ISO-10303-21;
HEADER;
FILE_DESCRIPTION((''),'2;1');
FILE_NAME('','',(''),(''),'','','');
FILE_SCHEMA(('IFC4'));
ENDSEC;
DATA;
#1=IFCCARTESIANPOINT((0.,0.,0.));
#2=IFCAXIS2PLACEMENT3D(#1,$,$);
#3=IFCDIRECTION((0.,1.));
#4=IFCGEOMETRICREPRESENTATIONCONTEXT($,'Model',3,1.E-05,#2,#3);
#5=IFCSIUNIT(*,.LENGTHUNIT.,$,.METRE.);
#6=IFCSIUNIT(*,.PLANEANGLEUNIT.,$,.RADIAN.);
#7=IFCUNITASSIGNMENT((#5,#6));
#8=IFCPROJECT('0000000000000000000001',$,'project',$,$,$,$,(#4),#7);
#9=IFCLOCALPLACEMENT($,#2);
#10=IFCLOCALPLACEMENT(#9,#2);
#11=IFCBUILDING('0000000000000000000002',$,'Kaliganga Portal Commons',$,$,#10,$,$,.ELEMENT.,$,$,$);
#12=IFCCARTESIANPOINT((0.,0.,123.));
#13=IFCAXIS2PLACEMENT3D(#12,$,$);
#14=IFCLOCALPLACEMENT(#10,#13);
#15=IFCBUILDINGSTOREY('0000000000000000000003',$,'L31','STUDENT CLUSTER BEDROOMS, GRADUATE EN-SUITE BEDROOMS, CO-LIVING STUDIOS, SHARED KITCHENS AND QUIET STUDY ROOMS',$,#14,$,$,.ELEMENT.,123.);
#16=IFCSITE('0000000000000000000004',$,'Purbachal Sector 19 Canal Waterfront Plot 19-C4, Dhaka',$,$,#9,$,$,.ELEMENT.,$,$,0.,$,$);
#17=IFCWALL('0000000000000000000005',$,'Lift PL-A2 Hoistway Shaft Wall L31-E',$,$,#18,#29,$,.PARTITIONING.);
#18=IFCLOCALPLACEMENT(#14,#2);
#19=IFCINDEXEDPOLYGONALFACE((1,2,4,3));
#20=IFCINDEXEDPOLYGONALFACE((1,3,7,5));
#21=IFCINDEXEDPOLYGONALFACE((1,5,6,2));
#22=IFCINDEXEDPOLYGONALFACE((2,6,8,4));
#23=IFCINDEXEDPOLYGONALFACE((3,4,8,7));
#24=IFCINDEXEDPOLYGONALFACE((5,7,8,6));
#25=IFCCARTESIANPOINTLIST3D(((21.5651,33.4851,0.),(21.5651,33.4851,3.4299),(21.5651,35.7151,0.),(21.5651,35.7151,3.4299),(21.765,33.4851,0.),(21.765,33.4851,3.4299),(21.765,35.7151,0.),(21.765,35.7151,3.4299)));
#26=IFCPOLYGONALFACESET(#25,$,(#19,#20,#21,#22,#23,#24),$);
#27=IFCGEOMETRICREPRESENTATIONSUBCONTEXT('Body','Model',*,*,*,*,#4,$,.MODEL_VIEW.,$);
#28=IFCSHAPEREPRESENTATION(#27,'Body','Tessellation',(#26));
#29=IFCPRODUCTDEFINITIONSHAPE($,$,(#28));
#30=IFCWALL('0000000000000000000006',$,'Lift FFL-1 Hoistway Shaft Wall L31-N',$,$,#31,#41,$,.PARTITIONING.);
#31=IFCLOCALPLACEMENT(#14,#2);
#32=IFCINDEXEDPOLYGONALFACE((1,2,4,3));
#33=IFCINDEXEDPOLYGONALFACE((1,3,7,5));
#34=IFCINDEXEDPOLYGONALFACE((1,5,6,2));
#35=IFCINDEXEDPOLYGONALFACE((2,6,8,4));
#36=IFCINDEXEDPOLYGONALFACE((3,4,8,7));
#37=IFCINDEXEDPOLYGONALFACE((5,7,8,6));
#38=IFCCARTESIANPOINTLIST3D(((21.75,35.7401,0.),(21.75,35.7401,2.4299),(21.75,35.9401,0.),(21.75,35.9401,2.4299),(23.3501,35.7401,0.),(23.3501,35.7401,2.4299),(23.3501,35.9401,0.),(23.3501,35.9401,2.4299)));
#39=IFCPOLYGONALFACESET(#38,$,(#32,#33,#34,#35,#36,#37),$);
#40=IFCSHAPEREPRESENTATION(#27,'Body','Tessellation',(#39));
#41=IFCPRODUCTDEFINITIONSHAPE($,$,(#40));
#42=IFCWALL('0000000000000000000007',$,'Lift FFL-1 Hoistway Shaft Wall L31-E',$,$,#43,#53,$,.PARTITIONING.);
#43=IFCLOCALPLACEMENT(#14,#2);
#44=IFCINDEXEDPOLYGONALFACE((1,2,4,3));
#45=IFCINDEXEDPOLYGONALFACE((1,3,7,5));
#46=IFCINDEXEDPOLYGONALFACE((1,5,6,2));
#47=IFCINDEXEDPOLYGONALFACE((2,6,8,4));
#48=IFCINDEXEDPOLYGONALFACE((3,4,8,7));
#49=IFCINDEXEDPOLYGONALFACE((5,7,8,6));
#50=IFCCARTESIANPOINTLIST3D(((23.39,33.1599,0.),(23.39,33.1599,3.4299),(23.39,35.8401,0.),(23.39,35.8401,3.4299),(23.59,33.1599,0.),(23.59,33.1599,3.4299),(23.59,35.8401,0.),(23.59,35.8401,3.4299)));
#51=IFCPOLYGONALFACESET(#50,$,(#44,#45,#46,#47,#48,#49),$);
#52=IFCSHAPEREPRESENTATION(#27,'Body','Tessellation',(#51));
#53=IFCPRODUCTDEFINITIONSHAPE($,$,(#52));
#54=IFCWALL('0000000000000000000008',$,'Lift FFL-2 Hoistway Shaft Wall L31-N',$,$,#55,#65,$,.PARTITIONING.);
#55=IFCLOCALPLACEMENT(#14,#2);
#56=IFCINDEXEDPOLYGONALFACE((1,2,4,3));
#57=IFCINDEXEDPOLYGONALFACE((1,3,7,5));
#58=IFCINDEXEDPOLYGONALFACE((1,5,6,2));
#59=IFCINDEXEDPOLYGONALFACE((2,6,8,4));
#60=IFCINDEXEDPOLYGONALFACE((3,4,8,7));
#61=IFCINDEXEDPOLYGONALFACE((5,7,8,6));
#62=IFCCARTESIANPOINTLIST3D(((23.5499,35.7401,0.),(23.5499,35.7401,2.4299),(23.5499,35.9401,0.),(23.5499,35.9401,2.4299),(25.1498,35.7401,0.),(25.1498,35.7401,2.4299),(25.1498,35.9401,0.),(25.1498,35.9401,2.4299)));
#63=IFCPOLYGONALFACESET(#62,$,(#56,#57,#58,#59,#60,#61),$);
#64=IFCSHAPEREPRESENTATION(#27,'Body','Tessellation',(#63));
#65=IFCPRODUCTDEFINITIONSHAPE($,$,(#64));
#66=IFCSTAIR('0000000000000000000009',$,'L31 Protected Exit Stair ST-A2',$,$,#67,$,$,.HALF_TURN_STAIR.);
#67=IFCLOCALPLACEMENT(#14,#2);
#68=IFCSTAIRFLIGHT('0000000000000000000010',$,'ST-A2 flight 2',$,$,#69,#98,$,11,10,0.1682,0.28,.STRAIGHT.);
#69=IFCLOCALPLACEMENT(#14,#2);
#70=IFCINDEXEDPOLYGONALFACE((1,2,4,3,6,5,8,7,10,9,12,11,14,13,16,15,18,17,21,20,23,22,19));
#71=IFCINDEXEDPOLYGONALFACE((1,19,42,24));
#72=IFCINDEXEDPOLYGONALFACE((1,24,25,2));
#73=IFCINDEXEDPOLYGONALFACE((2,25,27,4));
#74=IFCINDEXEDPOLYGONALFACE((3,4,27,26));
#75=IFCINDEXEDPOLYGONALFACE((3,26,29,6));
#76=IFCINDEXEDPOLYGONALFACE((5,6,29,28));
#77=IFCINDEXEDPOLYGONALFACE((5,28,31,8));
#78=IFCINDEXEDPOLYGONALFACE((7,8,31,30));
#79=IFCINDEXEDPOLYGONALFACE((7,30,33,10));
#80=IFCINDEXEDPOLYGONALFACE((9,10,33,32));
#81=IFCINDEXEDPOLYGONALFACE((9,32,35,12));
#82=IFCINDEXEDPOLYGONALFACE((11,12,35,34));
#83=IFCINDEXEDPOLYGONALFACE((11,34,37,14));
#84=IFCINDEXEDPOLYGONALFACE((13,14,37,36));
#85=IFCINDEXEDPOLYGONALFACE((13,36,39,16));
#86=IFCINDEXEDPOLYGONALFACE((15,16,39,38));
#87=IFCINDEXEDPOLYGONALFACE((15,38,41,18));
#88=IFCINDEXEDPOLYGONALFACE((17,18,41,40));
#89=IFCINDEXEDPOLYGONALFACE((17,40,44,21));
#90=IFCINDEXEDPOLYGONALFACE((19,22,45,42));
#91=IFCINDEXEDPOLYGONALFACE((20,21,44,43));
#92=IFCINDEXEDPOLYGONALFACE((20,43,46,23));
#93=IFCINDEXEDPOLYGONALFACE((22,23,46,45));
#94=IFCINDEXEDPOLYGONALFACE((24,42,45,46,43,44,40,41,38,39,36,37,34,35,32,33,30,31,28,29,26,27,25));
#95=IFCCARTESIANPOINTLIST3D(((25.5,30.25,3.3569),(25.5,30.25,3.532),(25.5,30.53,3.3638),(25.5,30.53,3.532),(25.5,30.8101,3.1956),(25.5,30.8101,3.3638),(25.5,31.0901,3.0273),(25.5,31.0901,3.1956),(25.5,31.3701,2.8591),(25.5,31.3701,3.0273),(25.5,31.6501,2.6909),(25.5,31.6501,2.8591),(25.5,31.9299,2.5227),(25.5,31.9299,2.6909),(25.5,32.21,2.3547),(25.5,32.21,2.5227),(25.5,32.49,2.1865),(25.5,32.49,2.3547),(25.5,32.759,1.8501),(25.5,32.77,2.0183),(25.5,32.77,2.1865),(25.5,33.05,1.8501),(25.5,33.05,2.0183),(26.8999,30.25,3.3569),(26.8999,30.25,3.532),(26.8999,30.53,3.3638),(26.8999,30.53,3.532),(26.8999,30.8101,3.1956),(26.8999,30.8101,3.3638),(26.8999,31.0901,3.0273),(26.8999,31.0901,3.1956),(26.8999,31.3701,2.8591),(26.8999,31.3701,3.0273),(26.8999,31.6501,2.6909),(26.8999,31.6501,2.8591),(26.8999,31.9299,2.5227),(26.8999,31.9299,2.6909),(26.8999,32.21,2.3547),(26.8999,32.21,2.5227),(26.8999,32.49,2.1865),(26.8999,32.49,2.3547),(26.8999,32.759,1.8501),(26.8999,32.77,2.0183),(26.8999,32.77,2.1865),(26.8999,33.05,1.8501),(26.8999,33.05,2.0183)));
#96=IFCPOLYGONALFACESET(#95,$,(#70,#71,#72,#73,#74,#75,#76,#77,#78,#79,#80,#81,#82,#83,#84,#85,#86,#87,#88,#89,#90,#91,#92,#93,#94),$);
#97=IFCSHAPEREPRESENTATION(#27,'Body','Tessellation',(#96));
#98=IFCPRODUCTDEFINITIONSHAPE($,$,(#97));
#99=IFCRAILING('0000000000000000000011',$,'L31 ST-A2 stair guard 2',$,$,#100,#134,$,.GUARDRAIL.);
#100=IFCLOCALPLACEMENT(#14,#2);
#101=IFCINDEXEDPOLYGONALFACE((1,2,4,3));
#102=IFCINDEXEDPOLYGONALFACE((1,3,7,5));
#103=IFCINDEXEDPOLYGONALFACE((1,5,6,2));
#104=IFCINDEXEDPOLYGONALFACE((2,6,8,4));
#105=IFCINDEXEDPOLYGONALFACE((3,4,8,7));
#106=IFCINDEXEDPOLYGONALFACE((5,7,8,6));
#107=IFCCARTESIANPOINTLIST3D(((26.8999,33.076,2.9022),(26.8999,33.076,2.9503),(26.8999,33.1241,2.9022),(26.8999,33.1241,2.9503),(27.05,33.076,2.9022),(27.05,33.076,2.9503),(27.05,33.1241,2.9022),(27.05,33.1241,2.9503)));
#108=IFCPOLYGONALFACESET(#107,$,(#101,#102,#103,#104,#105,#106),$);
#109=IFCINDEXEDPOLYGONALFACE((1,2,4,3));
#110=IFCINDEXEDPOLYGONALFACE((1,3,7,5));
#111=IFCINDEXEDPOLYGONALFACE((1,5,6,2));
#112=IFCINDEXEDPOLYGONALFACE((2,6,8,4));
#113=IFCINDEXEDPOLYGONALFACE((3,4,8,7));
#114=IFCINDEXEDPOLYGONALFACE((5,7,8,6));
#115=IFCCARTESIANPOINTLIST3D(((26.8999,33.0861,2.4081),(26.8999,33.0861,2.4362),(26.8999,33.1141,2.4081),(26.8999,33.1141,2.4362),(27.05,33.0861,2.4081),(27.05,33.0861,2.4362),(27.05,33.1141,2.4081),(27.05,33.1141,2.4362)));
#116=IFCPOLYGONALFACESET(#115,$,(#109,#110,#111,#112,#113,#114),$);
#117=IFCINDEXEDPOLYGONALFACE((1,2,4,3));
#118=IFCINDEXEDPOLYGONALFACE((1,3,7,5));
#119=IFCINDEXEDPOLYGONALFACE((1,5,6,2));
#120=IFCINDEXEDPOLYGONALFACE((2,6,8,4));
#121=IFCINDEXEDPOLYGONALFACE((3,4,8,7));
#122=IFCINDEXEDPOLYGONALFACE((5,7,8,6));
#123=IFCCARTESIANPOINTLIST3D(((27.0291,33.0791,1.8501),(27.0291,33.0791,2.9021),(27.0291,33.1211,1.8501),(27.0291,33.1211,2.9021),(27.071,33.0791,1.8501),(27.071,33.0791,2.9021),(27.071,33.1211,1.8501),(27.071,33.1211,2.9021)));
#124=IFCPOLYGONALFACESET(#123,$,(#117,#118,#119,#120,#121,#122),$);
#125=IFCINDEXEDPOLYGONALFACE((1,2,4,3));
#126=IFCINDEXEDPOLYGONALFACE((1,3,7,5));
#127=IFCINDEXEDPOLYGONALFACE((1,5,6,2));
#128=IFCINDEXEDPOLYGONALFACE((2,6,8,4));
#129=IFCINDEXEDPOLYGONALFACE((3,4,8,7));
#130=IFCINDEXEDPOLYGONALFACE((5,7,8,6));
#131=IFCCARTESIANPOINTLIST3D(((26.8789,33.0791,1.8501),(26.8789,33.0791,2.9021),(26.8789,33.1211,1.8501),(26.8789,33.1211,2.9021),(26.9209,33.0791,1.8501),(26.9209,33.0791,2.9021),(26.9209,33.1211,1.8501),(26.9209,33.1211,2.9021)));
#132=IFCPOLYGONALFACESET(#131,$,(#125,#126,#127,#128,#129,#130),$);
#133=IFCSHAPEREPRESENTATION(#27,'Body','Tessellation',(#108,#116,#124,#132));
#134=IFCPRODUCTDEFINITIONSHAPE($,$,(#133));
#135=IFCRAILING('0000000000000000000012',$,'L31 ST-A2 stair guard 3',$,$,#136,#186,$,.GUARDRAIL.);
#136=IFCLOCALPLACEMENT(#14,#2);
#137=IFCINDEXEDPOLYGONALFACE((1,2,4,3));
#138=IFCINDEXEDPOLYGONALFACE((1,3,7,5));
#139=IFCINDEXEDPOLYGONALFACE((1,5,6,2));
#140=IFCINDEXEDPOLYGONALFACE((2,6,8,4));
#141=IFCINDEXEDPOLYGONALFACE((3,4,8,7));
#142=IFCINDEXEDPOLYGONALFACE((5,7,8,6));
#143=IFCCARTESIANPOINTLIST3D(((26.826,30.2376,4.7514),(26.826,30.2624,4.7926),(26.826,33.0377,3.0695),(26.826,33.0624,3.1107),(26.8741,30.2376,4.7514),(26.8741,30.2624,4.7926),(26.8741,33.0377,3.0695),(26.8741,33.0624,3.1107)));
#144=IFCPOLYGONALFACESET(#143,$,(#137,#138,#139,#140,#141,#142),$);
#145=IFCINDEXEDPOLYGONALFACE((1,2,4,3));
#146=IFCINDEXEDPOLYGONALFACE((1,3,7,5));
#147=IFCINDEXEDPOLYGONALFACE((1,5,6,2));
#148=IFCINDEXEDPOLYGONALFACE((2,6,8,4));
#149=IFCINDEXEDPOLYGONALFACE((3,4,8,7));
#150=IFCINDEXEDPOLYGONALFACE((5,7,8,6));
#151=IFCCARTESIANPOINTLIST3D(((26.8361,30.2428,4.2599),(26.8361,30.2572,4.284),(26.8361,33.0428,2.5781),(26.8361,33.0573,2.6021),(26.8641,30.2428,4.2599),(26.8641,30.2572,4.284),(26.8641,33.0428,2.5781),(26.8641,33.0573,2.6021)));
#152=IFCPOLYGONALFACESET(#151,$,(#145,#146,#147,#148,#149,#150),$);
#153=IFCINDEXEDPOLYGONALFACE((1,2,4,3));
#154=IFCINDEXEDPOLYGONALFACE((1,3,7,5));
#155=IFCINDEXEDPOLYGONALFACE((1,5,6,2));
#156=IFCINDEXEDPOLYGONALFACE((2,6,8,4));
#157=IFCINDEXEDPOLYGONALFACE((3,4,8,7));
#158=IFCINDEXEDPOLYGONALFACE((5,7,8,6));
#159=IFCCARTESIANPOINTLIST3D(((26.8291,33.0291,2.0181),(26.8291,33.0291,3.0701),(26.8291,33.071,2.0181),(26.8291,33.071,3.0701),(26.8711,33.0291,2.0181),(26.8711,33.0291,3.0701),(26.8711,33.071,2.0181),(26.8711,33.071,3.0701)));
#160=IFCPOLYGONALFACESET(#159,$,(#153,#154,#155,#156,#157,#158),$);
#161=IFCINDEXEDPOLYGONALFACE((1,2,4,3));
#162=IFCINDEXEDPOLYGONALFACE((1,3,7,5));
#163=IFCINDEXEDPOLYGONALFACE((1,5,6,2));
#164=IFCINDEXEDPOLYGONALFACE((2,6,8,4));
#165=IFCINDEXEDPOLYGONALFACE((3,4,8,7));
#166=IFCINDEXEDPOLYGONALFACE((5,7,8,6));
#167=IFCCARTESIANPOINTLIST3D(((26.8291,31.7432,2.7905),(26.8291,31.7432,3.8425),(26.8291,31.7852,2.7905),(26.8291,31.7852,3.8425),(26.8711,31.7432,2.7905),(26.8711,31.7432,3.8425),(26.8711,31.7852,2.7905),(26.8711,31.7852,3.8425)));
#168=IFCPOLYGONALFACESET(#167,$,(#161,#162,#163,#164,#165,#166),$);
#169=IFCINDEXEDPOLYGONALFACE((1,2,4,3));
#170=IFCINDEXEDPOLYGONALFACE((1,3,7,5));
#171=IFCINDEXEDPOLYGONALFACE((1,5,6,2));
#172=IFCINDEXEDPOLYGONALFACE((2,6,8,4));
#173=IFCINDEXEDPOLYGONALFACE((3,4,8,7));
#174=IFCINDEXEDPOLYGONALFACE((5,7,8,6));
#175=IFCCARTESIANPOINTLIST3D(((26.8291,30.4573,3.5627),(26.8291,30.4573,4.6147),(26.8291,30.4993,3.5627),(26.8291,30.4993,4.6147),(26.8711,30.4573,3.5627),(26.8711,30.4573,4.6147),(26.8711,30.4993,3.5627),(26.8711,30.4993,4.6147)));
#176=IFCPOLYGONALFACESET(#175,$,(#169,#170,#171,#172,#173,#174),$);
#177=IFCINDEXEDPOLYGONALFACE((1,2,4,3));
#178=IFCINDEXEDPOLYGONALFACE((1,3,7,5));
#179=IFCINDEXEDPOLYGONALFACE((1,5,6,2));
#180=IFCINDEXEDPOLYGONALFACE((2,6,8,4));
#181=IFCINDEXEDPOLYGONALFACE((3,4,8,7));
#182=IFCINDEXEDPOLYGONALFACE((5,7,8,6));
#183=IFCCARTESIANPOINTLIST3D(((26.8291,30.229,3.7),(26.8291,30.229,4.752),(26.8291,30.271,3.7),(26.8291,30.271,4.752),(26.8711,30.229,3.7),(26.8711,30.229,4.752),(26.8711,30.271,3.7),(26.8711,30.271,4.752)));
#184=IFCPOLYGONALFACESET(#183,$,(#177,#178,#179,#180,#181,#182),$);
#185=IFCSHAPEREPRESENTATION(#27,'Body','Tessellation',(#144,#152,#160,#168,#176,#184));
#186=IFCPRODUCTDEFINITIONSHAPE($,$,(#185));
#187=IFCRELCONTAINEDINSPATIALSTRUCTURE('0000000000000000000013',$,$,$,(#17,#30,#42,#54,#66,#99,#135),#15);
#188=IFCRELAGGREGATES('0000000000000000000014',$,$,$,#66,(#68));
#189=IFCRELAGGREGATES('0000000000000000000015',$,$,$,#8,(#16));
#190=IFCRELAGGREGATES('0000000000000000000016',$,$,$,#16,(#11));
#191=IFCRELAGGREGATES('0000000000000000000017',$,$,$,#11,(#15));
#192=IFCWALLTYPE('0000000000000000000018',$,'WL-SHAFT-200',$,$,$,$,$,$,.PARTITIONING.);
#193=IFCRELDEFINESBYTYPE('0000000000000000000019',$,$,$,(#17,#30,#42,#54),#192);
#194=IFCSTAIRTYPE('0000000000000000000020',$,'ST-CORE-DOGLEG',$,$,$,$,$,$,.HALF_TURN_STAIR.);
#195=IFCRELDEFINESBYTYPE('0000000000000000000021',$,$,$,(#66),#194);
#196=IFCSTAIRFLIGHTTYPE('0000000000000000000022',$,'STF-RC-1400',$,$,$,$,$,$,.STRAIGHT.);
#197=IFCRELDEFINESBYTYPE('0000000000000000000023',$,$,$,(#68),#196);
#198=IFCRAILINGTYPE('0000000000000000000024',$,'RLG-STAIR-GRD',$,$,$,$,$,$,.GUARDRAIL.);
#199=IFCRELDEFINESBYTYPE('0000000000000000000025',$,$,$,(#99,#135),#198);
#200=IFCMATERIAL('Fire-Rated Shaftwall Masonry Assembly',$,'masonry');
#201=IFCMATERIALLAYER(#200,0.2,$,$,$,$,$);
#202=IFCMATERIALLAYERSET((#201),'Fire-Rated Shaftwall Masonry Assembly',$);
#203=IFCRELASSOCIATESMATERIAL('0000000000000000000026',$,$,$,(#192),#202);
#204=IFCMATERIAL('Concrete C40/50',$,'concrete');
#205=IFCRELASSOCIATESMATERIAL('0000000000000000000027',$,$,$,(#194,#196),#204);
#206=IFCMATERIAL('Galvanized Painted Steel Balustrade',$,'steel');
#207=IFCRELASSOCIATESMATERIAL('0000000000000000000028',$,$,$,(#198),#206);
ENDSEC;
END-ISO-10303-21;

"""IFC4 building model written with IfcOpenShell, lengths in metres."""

from ifc_helpers import new_model, si_unit, direction, frame, frame_2d, origin, origin_2d, place, context, subcontext, project, spatial, polyline, rectangle, outline, extrude, material, layer, layer_set, type_object, element, aggregate, save


model = new_model("IFC4")

# Units and contexts
model_context = context("Model", 3, precision=1e-05, world=origin(), true_north=direction((0.0, 1.0)))
body_context = subcontext(model_context, "Body", "Model", "MODEL_VIEW")
ifc_project = project(units=[si_unit("LENGTHUNIT", "METRE"), si_unit("PLANEANGLEUNIT", "RADIAN")], contexts=[model_context])

# Site, building, storey
site_placement = place(None, origin())
site = spatial("IfcSite", under=ifc_project, at=site_placement, Name="Purbachal Sector 19 Canal Waterfront Plot 19-C4, Dhaka", CompositionType="ELEMENT", RefElevation=0.0)
building_placement = place(site_placement, origin())
building = spatial("IfcBuilding", under=site, at=building_placement, Name="Kaliganga Portal Commons", CompositionType="ELEMENT")
storey_placement = place(building_placement, frame((0.0, 0.0, 123.0)))
storey = spatial("IfcBuildingStorey", under=building, at=storey_placement, Name="L31", Description="STUDENT CLUSTER BEDROOMS, GRADUATE EN-SUITE BEDROOMS, CO-LIVING STUDIOS, SHARED KITCHENS AND QUIET STUDY ROOMS", CompositionType="ELEMENT", Elevation=123.0)

# Shared definitions
ifc_material_1 = material(Name="Fire-Rated Shaftwall Masonry Assembly", Category="masonry")
ifc_layer_1 = layer(ifc_material_1, 0.2)
ifc_layer_set_1 = layer_set([ifc_layer_1], Name="Fire-Rated Shaftwall Masonry Assembly")
wall_type_1 = type_object("IfcWallType", Name="WL-SHAFT-200", PredefinedType="PARTITIONING", material=ifc_layer_set_1)

# Wall
wall_1_placement = place(storey_placement, frame((21.665, 33.4851, 0.0), z_axis=(0.0, 0.0, 1.0), x_axis=(0.0, 1.0, 0.0)))
element("IfcWall", 1, at=wall_1_placement, inside=storey, type_object=wall_type_1, Name="Lift PL-A2 Hoistway Shaft Wall L31-E", PredefinedType="PARTITIONING", context=body_context, shape_type="SweptSolid", body=[
    extrude(rectangle(XDim=2.23, YDim=0.2, at=frame_2d((1.115, 0.0))), origin(), (0.0, 0.0, 1.0), 3.4299),
])

# Walls
wall_2_placement = place(storey_placement, frame((21.75, 35.8401, 0.0), z_axis=(0.0, 0.0, 1.0), x_axis=(1.0, 0.0, 0.0)))
element("IfcWall", 2, at=wall_2_placement, inside=storey, type_object=wall_type_1, Name="Lift FFL-1 Hoistway Shaft Wall L31-N", PredefinedType="PARTITIONING", context=body_context, shape_type="SweptSolid", body=[
    extrude(rectangle(XDim=1.6001, YDim=0.2, at=frame_2d((0.8, 0.0))), origin(), (0.0, 0.0, 1.0), 2.4299),
])
wall_3_placement = place(storey_placement, frame((23.49, 33.1599, 0.0), z_axis=(0.0, 0.0, 1.0), x_axis=(0.0, 1.0, 0.0)))
element("IfcWall", 3, at=wall_3_placement, inside=storey, type_object=wall_type_1, Name="Lift FFL-1 Hoistway Shaft Wall L31-E", PredefinedType="PARTITIONING", context=body_context, shape_type="SweptSolid", body=[
    extrude(rectangle(XDim=2.6802, YDim=0.2, at=frame_2d((1.3401, 0.0))), origin(), (0.0, 0.0, 1.0), 3.4299),
])

# Wall
wall_4_placement = place(storey_placement, frame((23.55, 35.8401, 0.0), z_axis=(0.0, 0.0, 1.0), x_axis=(1.0, 0.0, 0.0)))
element("IfcWall", 4, at=wall_4_placement, inside=storey, type_object=wall_type_1, Name="Lift FFL-2 Hoistway Shaft Wall L31-N", PredefinedType="PARTITIONING", context=body_context, shape_type="SweptSolid", body=[
    extrude(rectangle(XDim=1.5999, YDim=0.2, at=frame_2d((0.7998, 0.0))), origin(), (0.0, 0.0, 1.0), 2.4299),
])

# Stair, stair flight
ifc_material_2 = material(Name="Concrete C40/50", Category="concrete")
stair_type = type_object("IfcStairType", Name="ST-CORE-DOGLEG", PredefinedType="HALF_TURN_STAIR", material=ifc_material_2)
stair_placement = place(storey_placement, origin())
stair = element("IfcStair", 5, at=stair_placement, inside=storey, type_object=stair_type, Name="L31 Protected Exit Stair ST-A2", PredefinedType="HALF_TURN_STAIR")
stair_flight_type = type_object("IfcStairFlightType", Name="STF-RC-1400", PredefinedType="STRAIGHT", material=ifc_material_2)
stair_flight_placement = place(storey_placement, frame((26.2, 33.05, 1.8501), z_axis=(0.0, 0.0, 1.0), x_axis=(0.0, -1.0, 0.0)))
stair_flight = element("IfcStairFlight", 6, at=stair_flight_placement, type_object=stair_flight_type, Name="ST-A2 flight 2", NumberOfRisers=11, NumberOfTreads=10, PredefinedType="STRAIGHT", RiserHeight=0.1682, TreadLength=0.28, context=body_context, shape_type="SweptSolid", body=[
    extrude(outline(polyline([(0.0, 0.0), (0.0, 0.1682), (0.28, 0.1682), (0.28, 0.3364), (0.5601, 0.3364), (0.5601, 0.5046), (0.8401, 0.5046), (0.8401, 0.6726), (1.1201, 0.6726), (1.1201, 0.8408), (1.3999, 0.8408), (1.3999, 1.009), (1.6799, 1.009), (1.6799, 1.1772), (1.96, 1.1772), (1.96, 1.3455), (2.24, 1.3455), (2.24, 1.5137), (2.52, 1.5137), (2.52, 1.6819), (2.8, 1.6819), (2.8, 1.8501), (2.8, 1.5068), (0.291, 0.0), (0.0, 0.0)])), frame((0.0, 0.7, 0.0), z_axis=(0.0, -1.0, 0.0), x_axis=(1.0, 0.0, 0.0)), (0.0, 0.0, 1.0), 1.3999),
])
aggregate(stair, [stair_flight])

# Railings
ifc_material_3 = material(Name="Galvanized Painted Steel Balustrade", Category="steel")
railing_type_1 = type_object("IfcRailingType", Name="RLG-STAIR-GRD", PredefinedType="GUARDRAIL", material=ifc_material_3)
railing_1_placement = place(storey_placement, frame((27.05, 33.1001, 1.8501)))
element("IfcRailing", 7, at=railing_1_placement, inside=storey, type_object=railing_type_1, Name="L31 ST-A2 stair guard 2", PredefinedType="GUARDRAIL", context=body_context, shape_type="SweptSolid", body=[
    extrude(rectangle(XDim=0.0481, YDim=0.0481, at=origin_2d()), frame((0.0, 0.0, 1.0762), z_axis=(-1.0, 0.0, 0.0), x_axis=(0.0, -1.0, 0.0)), (0.0, 0.0, 1.0), 0.1501),
    extrude(rectangle(XDim=0.0281, YDim=0.0281, at=origin_2d()), frame((0.0, 0.0, 0.572), z_axis=(-1.0, 0.0, 0.0), x_axis=(0.0, -1.0, 0.0)), (0.0, 0.0, 1.0), 0.1501),
    extrude(rectangle(XDim=0.042, YDim=0.042, at=origin_2d()), origin(), (0.0, 0.0, 1.0), 1.052),
    extrude(rectangle(XDim=0.042, YDim=0.042, at=origin_2d()), frame((-0.1501, 0.0, 0.0)), (0.0, 0.0, 1.0), 1.052),
])
railing_2_placement = place(storey_placement, frame((26.8501, 33.05, 2.0181)))
element("IfcRailing", 8, at=railing_2_placement, inside=storey, type_object=railing_type_1, Name="L31 ST-A2 stair guard 3", PredefinedType="GUARDRAIL", context=body_context, shape_type="SweptSolid", body=[
    extrude(rectangle(XDim=0.0481, YDim=0.0481, at=origin_2d()), frame((0.0, 0.0, 1.072), z_axis=(0.0, -0.857242, 0.514913), x_axis=(1.0, 0.0, 0.0)), (0.0, 0.0, 1.0), 3.2664),
    extrude(rectangle(XDim=0.0281, YDim=0.0281, at=origin_2d()), frame((0.0, 0.0, 0.572), z_axis=(0.0, -0.857242, 0.514913), x_axis=(1.0, 0.0, 0.0)), (0.0, 0.0, 1.0), 3.2664),
    extrude(rectangle(XDim=0.042, YDim=0.042, at=origin_2d()), origin(), (0.0, 0.0, 1.0), 1.052),
    extrude(rectangle(XDim=0.042, YDim=0.042, at=origin_2d()), frame((0.0, -1.2859, 0.7725)), (0.0, 0.0, 1.0), 1.052),
    extrude(rectangle(XDim=0.042, YDim=0.042, at=origin_2d()), frame((0.0, -2.5718, 1.5447)), (0.0, 0.0, 1.0), 1.052),
    extrude(rectangle(XDim=0.042, YDim=0.042, at=origin_2d()), frame((0.0, -2.8, 1.6819)), (0.0, 0.0, 1.0), 1.052),
])

save(model, "model.ifc")
